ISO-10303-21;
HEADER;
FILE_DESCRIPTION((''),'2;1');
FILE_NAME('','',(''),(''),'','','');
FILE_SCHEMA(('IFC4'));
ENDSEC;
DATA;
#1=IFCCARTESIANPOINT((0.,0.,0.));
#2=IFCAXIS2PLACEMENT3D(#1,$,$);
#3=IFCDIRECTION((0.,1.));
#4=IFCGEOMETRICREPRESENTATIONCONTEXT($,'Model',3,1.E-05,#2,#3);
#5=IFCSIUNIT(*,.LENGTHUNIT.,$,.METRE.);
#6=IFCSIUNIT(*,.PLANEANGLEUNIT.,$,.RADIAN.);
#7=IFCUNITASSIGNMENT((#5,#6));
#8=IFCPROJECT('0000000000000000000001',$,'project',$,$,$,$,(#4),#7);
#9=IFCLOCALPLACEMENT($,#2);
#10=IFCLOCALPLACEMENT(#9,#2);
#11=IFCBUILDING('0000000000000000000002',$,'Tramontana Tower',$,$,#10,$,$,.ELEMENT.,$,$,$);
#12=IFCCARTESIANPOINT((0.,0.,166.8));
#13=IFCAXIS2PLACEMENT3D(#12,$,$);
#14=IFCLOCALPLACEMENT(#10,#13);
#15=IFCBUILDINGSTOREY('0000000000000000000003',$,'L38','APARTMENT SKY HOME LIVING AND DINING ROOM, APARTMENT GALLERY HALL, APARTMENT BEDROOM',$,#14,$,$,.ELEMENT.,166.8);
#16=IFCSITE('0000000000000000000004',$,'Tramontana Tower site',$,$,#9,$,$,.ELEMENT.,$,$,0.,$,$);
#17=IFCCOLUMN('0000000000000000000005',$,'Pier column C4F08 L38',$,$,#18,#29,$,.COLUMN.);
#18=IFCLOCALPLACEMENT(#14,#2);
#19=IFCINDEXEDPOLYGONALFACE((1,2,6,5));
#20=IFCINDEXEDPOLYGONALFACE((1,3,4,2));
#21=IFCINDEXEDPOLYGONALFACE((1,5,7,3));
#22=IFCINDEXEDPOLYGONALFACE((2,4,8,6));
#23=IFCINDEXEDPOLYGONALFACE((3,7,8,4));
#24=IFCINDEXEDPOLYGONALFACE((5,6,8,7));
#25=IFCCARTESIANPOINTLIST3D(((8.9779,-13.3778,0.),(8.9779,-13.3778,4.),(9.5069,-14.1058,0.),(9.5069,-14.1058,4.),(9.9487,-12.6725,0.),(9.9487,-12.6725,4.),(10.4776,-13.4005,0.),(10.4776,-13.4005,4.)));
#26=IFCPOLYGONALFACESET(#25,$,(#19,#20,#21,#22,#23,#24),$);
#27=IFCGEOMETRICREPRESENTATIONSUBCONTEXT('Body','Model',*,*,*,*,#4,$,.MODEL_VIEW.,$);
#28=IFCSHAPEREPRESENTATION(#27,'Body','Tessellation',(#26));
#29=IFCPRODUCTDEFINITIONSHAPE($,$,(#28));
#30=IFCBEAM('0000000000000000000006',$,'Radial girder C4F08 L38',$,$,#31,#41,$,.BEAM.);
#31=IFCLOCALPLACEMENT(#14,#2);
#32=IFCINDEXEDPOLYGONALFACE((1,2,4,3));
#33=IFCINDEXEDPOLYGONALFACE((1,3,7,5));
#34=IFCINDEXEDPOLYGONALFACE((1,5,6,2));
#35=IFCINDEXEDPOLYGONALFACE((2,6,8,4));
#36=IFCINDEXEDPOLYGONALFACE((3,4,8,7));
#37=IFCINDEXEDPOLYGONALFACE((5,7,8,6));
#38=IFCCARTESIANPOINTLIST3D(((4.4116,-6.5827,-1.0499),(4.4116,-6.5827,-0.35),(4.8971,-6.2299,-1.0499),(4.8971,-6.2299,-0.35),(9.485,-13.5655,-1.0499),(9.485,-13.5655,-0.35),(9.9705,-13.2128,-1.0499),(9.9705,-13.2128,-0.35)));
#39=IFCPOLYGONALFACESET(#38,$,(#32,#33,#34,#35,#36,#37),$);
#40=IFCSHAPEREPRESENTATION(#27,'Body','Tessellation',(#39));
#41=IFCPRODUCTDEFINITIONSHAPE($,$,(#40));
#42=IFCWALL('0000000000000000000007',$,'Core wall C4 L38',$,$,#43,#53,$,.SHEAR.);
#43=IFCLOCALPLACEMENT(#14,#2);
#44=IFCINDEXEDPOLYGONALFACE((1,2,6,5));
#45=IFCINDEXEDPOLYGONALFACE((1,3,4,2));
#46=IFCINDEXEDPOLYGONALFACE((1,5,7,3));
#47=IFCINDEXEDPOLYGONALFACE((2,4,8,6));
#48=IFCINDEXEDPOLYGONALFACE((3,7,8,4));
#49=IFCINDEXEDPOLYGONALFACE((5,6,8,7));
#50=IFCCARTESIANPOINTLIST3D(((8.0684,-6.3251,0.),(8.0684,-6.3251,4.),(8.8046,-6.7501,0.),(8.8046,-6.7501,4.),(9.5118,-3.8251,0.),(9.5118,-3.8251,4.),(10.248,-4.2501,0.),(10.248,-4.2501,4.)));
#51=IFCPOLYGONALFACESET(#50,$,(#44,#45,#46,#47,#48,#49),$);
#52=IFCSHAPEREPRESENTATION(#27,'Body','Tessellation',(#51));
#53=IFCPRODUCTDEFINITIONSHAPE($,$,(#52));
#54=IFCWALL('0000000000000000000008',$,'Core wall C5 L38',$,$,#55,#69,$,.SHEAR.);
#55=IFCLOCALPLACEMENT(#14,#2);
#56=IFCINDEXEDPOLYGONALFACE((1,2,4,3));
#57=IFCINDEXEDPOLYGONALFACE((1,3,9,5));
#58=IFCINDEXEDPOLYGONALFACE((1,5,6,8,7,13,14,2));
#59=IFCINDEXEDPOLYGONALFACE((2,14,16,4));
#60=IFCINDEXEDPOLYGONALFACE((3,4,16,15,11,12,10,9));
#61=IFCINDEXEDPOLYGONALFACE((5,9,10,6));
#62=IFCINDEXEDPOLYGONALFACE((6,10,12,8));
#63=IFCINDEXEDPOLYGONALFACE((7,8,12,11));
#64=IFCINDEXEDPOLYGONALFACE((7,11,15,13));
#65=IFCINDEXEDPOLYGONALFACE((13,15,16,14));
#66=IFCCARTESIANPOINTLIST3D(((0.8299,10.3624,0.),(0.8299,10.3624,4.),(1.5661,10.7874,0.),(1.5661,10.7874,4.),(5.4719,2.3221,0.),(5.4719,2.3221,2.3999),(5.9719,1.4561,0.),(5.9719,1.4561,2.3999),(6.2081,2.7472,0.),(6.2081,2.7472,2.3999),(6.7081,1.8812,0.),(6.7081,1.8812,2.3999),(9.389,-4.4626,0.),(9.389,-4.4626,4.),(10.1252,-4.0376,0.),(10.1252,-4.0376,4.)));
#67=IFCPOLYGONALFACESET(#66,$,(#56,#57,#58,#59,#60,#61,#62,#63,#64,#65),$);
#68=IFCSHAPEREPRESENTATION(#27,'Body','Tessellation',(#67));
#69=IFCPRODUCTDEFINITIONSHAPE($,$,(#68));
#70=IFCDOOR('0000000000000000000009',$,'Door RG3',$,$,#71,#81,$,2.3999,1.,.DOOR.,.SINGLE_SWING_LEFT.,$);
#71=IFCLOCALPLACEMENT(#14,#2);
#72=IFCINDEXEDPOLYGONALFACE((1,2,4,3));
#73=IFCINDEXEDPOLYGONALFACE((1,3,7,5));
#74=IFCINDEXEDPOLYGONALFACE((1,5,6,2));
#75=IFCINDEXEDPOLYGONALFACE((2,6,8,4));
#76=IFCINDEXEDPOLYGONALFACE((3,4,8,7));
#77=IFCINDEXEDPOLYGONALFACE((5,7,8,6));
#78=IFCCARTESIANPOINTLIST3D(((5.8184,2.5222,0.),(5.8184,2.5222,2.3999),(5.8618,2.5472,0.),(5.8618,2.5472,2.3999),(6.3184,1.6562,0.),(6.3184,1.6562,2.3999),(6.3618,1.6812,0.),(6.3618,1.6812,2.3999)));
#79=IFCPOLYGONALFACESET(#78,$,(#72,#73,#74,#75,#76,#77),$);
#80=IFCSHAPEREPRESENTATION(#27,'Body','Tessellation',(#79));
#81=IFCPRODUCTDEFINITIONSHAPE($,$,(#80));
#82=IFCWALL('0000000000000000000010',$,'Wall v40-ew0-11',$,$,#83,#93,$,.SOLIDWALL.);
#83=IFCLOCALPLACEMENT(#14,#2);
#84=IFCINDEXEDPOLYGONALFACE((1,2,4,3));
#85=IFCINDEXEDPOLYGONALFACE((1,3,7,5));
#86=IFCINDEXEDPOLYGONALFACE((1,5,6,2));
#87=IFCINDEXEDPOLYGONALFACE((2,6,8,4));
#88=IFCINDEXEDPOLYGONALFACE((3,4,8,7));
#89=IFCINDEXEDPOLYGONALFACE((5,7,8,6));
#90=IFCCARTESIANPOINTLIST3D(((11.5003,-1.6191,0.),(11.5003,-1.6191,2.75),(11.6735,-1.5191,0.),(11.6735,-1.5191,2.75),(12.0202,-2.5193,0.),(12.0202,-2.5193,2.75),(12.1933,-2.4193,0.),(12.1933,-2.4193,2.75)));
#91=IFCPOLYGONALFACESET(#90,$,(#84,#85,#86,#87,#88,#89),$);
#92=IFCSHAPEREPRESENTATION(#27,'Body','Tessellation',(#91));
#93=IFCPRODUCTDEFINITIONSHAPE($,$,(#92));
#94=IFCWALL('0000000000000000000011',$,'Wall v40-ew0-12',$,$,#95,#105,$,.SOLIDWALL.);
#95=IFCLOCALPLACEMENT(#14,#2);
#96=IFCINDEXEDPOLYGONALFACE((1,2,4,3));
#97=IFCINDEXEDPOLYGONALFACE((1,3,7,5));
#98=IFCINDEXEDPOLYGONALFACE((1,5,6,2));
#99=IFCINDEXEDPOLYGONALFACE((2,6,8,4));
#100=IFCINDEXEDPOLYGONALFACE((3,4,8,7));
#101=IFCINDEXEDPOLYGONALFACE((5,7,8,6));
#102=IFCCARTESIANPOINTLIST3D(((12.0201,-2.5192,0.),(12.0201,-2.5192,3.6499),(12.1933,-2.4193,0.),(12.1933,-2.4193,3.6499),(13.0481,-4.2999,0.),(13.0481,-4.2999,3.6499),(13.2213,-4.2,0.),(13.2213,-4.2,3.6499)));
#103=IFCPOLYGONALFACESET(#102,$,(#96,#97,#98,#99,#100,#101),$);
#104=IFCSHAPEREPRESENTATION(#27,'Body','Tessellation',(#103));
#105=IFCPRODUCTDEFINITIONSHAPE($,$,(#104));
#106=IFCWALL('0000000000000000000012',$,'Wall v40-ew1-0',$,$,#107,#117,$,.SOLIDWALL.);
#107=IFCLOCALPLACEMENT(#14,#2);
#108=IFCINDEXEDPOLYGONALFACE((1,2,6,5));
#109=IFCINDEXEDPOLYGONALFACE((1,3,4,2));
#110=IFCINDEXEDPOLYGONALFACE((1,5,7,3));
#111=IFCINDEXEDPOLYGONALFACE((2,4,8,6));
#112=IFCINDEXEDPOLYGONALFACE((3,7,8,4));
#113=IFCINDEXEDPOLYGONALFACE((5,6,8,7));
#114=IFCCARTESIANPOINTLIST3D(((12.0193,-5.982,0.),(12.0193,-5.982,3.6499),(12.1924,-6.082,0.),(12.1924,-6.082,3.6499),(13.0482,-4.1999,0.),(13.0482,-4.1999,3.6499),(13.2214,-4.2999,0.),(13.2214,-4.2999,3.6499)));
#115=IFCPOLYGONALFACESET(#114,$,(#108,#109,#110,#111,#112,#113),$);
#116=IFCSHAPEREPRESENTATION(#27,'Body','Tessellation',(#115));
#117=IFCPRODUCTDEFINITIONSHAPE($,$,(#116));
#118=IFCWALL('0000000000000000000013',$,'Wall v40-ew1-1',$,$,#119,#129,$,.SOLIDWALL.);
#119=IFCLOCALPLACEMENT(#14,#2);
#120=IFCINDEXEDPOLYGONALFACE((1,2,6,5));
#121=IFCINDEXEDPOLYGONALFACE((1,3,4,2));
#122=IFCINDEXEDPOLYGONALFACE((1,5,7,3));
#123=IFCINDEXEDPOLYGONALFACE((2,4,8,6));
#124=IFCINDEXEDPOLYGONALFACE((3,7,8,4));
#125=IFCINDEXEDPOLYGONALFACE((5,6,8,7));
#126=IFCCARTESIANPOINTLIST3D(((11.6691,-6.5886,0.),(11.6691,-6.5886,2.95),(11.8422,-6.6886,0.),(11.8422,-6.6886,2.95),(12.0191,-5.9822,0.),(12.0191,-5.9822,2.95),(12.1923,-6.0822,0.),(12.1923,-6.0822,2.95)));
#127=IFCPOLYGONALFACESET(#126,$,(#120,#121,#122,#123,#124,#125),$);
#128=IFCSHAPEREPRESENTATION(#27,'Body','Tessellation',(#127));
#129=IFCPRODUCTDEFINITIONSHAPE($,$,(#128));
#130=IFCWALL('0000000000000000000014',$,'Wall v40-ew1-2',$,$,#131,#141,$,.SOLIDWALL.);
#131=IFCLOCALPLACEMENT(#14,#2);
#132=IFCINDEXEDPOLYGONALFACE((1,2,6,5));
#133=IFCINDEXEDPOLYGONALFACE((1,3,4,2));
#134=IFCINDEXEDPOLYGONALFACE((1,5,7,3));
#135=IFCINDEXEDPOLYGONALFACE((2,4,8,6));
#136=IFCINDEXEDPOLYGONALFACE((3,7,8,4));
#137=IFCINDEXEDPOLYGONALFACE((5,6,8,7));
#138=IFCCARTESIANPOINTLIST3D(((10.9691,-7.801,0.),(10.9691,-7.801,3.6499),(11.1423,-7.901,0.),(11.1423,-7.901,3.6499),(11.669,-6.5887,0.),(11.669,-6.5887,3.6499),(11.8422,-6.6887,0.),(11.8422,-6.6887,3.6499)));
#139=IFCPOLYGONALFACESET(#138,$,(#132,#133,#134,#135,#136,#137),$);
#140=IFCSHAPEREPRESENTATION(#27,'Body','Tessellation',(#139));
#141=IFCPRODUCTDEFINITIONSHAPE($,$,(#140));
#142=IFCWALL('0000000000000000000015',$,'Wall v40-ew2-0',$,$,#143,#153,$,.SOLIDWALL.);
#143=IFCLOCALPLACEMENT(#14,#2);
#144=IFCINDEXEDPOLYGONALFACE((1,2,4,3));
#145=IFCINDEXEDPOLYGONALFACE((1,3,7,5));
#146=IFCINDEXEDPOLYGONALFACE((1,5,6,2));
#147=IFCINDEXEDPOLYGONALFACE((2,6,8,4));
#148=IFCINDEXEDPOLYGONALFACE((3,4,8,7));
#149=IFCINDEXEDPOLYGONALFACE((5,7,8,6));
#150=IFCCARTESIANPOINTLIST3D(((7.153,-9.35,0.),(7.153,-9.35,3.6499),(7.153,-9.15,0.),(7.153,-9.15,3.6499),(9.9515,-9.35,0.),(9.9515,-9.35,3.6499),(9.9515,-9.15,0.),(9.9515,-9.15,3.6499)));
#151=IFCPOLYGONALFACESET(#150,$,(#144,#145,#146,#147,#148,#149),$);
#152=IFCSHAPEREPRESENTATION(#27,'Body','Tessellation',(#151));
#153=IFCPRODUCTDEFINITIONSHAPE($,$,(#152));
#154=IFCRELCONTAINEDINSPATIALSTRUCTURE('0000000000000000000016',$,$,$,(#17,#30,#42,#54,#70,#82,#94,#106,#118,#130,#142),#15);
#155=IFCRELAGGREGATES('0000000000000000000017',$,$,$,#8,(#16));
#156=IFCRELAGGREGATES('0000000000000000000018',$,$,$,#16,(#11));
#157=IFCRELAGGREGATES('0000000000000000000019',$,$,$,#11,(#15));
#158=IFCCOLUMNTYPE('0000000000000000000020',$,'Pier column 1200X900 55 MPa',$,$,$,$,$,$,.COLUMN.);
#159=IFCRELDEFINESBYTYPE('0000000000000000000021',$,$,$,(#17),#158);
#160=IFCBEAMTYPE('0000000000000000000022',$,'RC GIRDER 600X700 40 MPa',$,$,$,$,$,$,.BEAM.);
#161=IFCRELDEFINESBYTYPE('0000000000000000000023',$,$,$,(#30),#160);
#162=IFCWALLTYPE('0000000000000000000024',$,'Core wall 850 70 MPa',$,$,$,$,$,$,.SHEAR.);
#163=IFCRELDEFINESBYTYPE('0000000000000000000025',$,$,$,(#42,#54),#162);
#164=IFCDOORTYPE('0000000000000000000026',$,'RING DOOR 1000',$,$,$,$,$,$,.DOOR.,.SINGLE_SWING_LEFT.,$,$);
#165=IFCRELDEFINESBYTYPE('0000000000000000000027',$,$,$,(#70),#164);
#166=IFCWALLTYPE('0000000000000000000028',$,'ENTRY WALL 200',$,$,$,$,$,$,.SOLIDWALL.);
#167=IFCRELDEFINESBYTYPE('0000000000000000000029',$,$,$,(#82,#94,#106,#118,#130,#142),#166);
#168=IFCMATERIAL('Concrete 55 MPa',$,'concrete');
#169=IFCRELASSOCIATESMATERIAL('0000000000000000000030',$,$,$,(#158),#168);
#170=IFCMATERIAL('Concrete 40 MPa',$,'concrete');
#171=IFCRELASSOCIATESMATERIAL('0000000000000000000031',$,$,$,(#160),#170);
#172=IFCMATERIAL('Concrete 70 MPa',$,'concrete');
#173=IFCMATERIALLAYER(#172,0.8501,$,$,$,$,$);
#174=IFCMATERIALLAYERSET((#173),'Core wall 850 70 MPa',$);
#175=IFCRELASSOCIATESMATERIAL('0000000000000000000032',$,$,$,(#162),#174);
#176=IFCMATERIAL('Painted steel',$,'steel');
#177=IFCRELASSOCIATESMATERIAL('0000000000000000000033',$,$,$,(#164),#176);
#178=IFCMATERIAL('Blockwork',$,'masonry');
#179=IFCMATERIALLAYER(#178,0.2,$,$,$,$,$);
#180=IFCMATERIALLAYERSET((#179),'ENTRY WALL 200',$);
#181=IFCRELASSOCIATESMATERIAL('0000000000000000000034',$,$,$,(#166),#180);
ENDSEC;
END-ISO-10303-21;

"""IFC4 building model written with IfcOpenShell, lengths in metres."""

from ifc_helpers import new_model, si_unit, direction, frame, frame_2d, origin, origin_2d, place, context, subcontext, project, spatial, rectangle, extrude, material, layer, layer_set, material_profile, profile_set, type_object, element, fill, save


model = new_model("IFC4")

# Units and contexts
model_context = context("Model", 3, precision=1e-05, world=origin(), true_north=direction((0.0, 1.0)))
body_context = subcontext(model_context, "Body", "Model", "MODEL_VIEW")
ifc_project = project(units=[si_unit("LENGTHUNIT", "METRE"), si_unit("PLANEANGLEUNIT", "RADIAN")], contexts=[model_context])

# Site, building, storey
site_placement = place(None, origin())
site = spatial("IfcSite", under=ifc_project, at=site_placement, Name="Tramontana Tower site", CompositionType="ELEMENT", RefElevation=0.0)
building_placement = place(site_placement, origin())
building = spatial("IfcBuilding", under=site, at=building_placement, Name="Tramontana Tower", CompositionType="ELEMENT")
storey_placement = place(building_placement, frame((0.0, 0.0, 166.8)))
storey = spatial("IfcBuildingStorey", under=building, at=storey_placement, Name="L38", Description="APARTMENT SKY HOME LIVING AND DINING ROOM, APARTMENT GALLERY HALL, APARTMENT BEDROOM", CompositionType="ELEMENT", Elevation=166.8)

# Column
ifc_material_1 = material(Name="Concrete 55 MPa", Category="concrete")
ifc_material_profile_1 = material_profile(ifc_material_1, rectangle(XDim=1.2, YDim=0.8999, at=origin_2d()), Name="Pier column 1200X900 55 MPa")
ifc_profile_set_1 = profile_set([ifc_material_profile_1], Name="Concrete 55 MPa")
column_type = type_object("IfcColumnType", Name="Pier column 1200X900 55 MPa", PredefinedType="COLUMN", material=ifc_profile_set_1)
column_placement = place(storey_placement, frame((9.7278, -13.3892, 0.0), z_axis=(0.0, 0.0, 1.0), x_axis=(0.809017, 0.587785, 0.0)))
element("IfcColumn", 1, at=column_placement, inside=storey, type_object=column_type, Name="Pier column C4F08 L38", PredefinedType="COLUMN", context=body_context, shape_type="SweptSolid", body=[
    extrude(rectangle(XDim=1.2, YDim=0.8999, at=origin_2d()), origin(), (0.0, 0.0, 1.0), 4.0),
])

# Beam
ifc_material_2 = material(Name="Concrete 40 MPa", Category="concrete")
ifc_material_profile_2 = material_profile(ifc_material_2, rectangle(XDim=0.6001, YDim=0.7, at=origin_2d()), Name="RC GIRDER 600X700 40 MPa")
ifc_profile_set_2 = profile_set([ifc_material_profile_2], Name="Concrete 40 MPa")
beam_type = type_object("IfcBeamType", Name="RC GIRDER 600X700 40 MPa", PredefinedType="BEAM", material=ifc_profile_set_2)
beam_placement = place(storey_placement, frame((9.7278, -13.3892, -0.7), z_axis=(-0.587793, 0.809011, 0.0), x_axis=(-0.809011, -0.587793, 0.0)))
element("IfcBeam", 2, at=beam_placement, inside=storey, type_object=beam_type, Name="Radial girder C4F08 L38", PredefinedType="BEAM", context=body_context, shape_type="SweptSolid", body=[
    extrude(rectangle(XDim=0.6001, YDim=0.7, at=origin_2d()), origin(), (0.0, 0.0, 1.0), 8.6313),
])

# Wall
ifc_material_3 = material(Name="Concrete 70 MPa", Category="concrete")
ifc_layer_1 = layer(ifc_material_3, 0.8501)
ifc_layer_set_1 = layer_set([ifc_layer_1], Name="Core wall 850 70 MPa")
wall_type_1 = type_object("IfcWallType", Name="Core wall 850 70 MPa", PredefinedType="SHEAR", material=ifc_layer_set_1)
wall_1_placement = place(storey_placement, frame((8.4365, -6.5376, 0.0), z_axis=(0.0, 0.0, 1.0), x_axis=(0.499996, 0.866028, 0.0)))
element("IfcWall", 3, at=wall_1_placement, inside=storey, type_object=wall_type_1, Name="Core wall C4 L38", PredefinedType="SHEAR", context=body_context, shape_type="SweptSolid", body=[
    extrude(rectangle(XDim=2.8867, YDim=0.8501, at=frame_2d((1.4434, 0.0))), origin(), (0.0, 0.0, 1.0), 4.0),
])

# Wall, opening, door
wall_2_placement = place(storey_placement, frame((9.7571, -4.25, 0.0), z_axis=(0.0, 0.0, 1.0), x_axis=(-0.499995, 0.866028, 0.0)))
wall_2 = element("IfcWall", 4, at=wall_2_placement, inside=storey, type_object=wall_type_1, Name="Core wall C5 L38", PredefinedType="SHEAR", context=body_context, shape_type="SweptSolid", body=[
    extrude(rectangle(XDim=17.1184, YDim=0.8501, at=frame_2d((8.5591, 0.0))), origin(), (0.0, 0.0, 1.0), 4.0),
])
opening_1_placement = place(wall_2_placement, frame((6.8342, 0.0, 0.0)))
opening_1 = element("IfcOpeningElement", 5, at=opening_1_placement, cuts=wall_2, PredefinedType="OPENING", context=body_context, shape_type="SweptSolid", body=[
    extrude(rectangle(XDim=1.0, YDim=2.3999, at=frame_2d((0.5, 1.2))), frame((0.0, 0.4351, 0.0), z_axis=(0.0, -1.0, 0.0), x_axis=(1.0, 0.0, 0.0)), (0.0, 0.0, 1.0), 0.8701),
])
ifc_material_4 = material(Name="Painted steel", Category="steel")
door_type_1 = type_object("IfcDoorType", Name="RING DOOR 1000", OperationType="SINGLE_SWING_LEFT", PredefinedType="DOOR", material=ifc_material_4)
door_1_placement = place(opening_1_placement, origin())
door_1 = element("IfcDoor", 6, at=door_1_placement, inside=storey, type_object=door_type_1, Name="Door RG3", OperationType="SINGLE_SWING_LEFT", OverallHeight=2.3999, OverallWidth=1.0, PredefinedType="DOOR", context=body_context, shape_type="SweptSolid", body=[
    extrude(rectangle(XDim=1.0, YDim=2.3999, at=frame_2d((0.5, 1.2))), frame((0.0, 0.0249, 0.0), z_axis=(0.0, -1.0, 0.0), x_axis=(1.0, 0.0, 0.0)), (0.0, 0.0, 1.0), 0.05),
])
fill(opening_1, door_1)

# Walls
ifc_material_5 = material(Name="Blockwork", Category="masonry")
ifc_layer_2 = layer(ifc_material_5, 0.2)
ifc_layer_set_2 = layer_set([ifc_layer_2], Name="ENTRY WALL 200")
wall_type_2 = type_object("IfcWallType", Name="ENTRY WALL 200", PredefinedType="SOLIDWALL", material=ifc_layer_set_2)
wall_3_placement = place(storey_placement, frame((11.5869, -1.5691, 0.0), z_axis=(0.0, 0.0, 1.0), x_axis=(0.500055, -0.865994, 0.0)))
element("IfcWall", 7, at=wall_3_placement, inside=storey, type_object=wall_type_2, Name="Wall v40-ew0-11", PredefinedType="SOLIDWALL", context=body_context, shape_type="SweptSolid", body=[
    extrude(rectangle(XDim=1.0396, YDim=0.2, at=frame_2d((0.5198, 0.0))), origin(), (0.0, 0.0, 1.0), 2.75),
])
wall_4_placement = place(storey_placement, frame((12.1067, -2.4692, 0.0), z_axis=(0.0, 0.0, 1.0), x_axis=(0.499983, -0.866035, 0.0)))
element("IfcWall", 8, at=wall_4_placement, inside=storey, type_object=wall_type_2, Name="Wall v40-ew0-12", PredefinedType="SOLIDWALL", context=body_context, shape_type="SweptSolid", body=[
    extrude(rectangle(XDim=2.0562, YDim=0.2, at=frame_2d((1.0281, 0.0))), origin(), (0.0, 0.0, 1.0), 3.6499),
])
wall_5_placement = place(storey_placement, frame((13.1348, -4.25, 0.0), z_axis=(0.0, 0.0, 1.0), x_axis=(-0.500031, -0.866008, 0.0)))
element("IfcWall", 9, at=wall_5_placement, inside=storey, type_object=wall_type_2, Name="Wall v40-ew1-0", PredefinedType="SOLIDWALL", context=body_context, shape_type="SweptSolid", body=[
    extrude(rectangle(XDim=2.0579, YDim=0.2, at=frame_2d((1.0288, 0.0))), origin(), (0.0, 0.0, 1.0), 3.6499),
])
wall_6_placement = place(storey_placement, frame((12.1057, -6.0322, 0.0), z_axis=(0.0, 0.0, 1.0), x_axis=(-0.499964, -0.866046, 0.0)))
element("IfcWall", 10, at=wall_6_placement, inside=storey, type_object=wall_type_2, Name="Wall v40-ew1-1", PredefinedType="SOLIDWALL", context=body_context, shape_type="SweptSolid", body=[
    extrude(rectangle(XDim=0.7002, YDim=0.2, at=frame_2d((0.3501, 0.0))), origin(), (0.0, 0.0, 1.0), 2.95),
])
wall_7_placement = place(storey_placement, frame((11.7556, -6.6387, 0.0), z_axis=(0.0, 0.0, 1.0), x_axis=(-0.499984, -0.866035, 0.0)))
element("IfcWall", 11, at=wall_7_placement, inside=storey, type_object=wall_type_2, Name="Wall v40-ew1-2", PredefinedType="SOLIDWALL", context=body_context, shape_type="SweptSolid", body=[
    extrude(rectangle(XDim=1.3999, YDim=0.2, at=frame_2d((0.7, 0.0))), origin(), (0.0, 0.0, 1.0), 3.6499),
])
wall_8_placement = place(storey_placement, frame((9.9517, -9.25, 0.0), z_axis=(0.0, 0.0, 1.0), x_axis=(-1.0, 0.0, 0.0)))
element("IfcWall", 12, at=wall_8_placement, inside=storey, type_object=wall_type_2, Name="Wall v40-ew2-0", PredefinedType="SOLIDWALL", context=body_context, shape_type="SweptSolid", body=[
    extrude(rectangle(XDim=2.7986, YDim=0.2, at=frame_2d((1.3994, 0.0))), origin(), (0.0, 0.0, 1.0), 3.6499),
])

save(model, "model.ifc")
